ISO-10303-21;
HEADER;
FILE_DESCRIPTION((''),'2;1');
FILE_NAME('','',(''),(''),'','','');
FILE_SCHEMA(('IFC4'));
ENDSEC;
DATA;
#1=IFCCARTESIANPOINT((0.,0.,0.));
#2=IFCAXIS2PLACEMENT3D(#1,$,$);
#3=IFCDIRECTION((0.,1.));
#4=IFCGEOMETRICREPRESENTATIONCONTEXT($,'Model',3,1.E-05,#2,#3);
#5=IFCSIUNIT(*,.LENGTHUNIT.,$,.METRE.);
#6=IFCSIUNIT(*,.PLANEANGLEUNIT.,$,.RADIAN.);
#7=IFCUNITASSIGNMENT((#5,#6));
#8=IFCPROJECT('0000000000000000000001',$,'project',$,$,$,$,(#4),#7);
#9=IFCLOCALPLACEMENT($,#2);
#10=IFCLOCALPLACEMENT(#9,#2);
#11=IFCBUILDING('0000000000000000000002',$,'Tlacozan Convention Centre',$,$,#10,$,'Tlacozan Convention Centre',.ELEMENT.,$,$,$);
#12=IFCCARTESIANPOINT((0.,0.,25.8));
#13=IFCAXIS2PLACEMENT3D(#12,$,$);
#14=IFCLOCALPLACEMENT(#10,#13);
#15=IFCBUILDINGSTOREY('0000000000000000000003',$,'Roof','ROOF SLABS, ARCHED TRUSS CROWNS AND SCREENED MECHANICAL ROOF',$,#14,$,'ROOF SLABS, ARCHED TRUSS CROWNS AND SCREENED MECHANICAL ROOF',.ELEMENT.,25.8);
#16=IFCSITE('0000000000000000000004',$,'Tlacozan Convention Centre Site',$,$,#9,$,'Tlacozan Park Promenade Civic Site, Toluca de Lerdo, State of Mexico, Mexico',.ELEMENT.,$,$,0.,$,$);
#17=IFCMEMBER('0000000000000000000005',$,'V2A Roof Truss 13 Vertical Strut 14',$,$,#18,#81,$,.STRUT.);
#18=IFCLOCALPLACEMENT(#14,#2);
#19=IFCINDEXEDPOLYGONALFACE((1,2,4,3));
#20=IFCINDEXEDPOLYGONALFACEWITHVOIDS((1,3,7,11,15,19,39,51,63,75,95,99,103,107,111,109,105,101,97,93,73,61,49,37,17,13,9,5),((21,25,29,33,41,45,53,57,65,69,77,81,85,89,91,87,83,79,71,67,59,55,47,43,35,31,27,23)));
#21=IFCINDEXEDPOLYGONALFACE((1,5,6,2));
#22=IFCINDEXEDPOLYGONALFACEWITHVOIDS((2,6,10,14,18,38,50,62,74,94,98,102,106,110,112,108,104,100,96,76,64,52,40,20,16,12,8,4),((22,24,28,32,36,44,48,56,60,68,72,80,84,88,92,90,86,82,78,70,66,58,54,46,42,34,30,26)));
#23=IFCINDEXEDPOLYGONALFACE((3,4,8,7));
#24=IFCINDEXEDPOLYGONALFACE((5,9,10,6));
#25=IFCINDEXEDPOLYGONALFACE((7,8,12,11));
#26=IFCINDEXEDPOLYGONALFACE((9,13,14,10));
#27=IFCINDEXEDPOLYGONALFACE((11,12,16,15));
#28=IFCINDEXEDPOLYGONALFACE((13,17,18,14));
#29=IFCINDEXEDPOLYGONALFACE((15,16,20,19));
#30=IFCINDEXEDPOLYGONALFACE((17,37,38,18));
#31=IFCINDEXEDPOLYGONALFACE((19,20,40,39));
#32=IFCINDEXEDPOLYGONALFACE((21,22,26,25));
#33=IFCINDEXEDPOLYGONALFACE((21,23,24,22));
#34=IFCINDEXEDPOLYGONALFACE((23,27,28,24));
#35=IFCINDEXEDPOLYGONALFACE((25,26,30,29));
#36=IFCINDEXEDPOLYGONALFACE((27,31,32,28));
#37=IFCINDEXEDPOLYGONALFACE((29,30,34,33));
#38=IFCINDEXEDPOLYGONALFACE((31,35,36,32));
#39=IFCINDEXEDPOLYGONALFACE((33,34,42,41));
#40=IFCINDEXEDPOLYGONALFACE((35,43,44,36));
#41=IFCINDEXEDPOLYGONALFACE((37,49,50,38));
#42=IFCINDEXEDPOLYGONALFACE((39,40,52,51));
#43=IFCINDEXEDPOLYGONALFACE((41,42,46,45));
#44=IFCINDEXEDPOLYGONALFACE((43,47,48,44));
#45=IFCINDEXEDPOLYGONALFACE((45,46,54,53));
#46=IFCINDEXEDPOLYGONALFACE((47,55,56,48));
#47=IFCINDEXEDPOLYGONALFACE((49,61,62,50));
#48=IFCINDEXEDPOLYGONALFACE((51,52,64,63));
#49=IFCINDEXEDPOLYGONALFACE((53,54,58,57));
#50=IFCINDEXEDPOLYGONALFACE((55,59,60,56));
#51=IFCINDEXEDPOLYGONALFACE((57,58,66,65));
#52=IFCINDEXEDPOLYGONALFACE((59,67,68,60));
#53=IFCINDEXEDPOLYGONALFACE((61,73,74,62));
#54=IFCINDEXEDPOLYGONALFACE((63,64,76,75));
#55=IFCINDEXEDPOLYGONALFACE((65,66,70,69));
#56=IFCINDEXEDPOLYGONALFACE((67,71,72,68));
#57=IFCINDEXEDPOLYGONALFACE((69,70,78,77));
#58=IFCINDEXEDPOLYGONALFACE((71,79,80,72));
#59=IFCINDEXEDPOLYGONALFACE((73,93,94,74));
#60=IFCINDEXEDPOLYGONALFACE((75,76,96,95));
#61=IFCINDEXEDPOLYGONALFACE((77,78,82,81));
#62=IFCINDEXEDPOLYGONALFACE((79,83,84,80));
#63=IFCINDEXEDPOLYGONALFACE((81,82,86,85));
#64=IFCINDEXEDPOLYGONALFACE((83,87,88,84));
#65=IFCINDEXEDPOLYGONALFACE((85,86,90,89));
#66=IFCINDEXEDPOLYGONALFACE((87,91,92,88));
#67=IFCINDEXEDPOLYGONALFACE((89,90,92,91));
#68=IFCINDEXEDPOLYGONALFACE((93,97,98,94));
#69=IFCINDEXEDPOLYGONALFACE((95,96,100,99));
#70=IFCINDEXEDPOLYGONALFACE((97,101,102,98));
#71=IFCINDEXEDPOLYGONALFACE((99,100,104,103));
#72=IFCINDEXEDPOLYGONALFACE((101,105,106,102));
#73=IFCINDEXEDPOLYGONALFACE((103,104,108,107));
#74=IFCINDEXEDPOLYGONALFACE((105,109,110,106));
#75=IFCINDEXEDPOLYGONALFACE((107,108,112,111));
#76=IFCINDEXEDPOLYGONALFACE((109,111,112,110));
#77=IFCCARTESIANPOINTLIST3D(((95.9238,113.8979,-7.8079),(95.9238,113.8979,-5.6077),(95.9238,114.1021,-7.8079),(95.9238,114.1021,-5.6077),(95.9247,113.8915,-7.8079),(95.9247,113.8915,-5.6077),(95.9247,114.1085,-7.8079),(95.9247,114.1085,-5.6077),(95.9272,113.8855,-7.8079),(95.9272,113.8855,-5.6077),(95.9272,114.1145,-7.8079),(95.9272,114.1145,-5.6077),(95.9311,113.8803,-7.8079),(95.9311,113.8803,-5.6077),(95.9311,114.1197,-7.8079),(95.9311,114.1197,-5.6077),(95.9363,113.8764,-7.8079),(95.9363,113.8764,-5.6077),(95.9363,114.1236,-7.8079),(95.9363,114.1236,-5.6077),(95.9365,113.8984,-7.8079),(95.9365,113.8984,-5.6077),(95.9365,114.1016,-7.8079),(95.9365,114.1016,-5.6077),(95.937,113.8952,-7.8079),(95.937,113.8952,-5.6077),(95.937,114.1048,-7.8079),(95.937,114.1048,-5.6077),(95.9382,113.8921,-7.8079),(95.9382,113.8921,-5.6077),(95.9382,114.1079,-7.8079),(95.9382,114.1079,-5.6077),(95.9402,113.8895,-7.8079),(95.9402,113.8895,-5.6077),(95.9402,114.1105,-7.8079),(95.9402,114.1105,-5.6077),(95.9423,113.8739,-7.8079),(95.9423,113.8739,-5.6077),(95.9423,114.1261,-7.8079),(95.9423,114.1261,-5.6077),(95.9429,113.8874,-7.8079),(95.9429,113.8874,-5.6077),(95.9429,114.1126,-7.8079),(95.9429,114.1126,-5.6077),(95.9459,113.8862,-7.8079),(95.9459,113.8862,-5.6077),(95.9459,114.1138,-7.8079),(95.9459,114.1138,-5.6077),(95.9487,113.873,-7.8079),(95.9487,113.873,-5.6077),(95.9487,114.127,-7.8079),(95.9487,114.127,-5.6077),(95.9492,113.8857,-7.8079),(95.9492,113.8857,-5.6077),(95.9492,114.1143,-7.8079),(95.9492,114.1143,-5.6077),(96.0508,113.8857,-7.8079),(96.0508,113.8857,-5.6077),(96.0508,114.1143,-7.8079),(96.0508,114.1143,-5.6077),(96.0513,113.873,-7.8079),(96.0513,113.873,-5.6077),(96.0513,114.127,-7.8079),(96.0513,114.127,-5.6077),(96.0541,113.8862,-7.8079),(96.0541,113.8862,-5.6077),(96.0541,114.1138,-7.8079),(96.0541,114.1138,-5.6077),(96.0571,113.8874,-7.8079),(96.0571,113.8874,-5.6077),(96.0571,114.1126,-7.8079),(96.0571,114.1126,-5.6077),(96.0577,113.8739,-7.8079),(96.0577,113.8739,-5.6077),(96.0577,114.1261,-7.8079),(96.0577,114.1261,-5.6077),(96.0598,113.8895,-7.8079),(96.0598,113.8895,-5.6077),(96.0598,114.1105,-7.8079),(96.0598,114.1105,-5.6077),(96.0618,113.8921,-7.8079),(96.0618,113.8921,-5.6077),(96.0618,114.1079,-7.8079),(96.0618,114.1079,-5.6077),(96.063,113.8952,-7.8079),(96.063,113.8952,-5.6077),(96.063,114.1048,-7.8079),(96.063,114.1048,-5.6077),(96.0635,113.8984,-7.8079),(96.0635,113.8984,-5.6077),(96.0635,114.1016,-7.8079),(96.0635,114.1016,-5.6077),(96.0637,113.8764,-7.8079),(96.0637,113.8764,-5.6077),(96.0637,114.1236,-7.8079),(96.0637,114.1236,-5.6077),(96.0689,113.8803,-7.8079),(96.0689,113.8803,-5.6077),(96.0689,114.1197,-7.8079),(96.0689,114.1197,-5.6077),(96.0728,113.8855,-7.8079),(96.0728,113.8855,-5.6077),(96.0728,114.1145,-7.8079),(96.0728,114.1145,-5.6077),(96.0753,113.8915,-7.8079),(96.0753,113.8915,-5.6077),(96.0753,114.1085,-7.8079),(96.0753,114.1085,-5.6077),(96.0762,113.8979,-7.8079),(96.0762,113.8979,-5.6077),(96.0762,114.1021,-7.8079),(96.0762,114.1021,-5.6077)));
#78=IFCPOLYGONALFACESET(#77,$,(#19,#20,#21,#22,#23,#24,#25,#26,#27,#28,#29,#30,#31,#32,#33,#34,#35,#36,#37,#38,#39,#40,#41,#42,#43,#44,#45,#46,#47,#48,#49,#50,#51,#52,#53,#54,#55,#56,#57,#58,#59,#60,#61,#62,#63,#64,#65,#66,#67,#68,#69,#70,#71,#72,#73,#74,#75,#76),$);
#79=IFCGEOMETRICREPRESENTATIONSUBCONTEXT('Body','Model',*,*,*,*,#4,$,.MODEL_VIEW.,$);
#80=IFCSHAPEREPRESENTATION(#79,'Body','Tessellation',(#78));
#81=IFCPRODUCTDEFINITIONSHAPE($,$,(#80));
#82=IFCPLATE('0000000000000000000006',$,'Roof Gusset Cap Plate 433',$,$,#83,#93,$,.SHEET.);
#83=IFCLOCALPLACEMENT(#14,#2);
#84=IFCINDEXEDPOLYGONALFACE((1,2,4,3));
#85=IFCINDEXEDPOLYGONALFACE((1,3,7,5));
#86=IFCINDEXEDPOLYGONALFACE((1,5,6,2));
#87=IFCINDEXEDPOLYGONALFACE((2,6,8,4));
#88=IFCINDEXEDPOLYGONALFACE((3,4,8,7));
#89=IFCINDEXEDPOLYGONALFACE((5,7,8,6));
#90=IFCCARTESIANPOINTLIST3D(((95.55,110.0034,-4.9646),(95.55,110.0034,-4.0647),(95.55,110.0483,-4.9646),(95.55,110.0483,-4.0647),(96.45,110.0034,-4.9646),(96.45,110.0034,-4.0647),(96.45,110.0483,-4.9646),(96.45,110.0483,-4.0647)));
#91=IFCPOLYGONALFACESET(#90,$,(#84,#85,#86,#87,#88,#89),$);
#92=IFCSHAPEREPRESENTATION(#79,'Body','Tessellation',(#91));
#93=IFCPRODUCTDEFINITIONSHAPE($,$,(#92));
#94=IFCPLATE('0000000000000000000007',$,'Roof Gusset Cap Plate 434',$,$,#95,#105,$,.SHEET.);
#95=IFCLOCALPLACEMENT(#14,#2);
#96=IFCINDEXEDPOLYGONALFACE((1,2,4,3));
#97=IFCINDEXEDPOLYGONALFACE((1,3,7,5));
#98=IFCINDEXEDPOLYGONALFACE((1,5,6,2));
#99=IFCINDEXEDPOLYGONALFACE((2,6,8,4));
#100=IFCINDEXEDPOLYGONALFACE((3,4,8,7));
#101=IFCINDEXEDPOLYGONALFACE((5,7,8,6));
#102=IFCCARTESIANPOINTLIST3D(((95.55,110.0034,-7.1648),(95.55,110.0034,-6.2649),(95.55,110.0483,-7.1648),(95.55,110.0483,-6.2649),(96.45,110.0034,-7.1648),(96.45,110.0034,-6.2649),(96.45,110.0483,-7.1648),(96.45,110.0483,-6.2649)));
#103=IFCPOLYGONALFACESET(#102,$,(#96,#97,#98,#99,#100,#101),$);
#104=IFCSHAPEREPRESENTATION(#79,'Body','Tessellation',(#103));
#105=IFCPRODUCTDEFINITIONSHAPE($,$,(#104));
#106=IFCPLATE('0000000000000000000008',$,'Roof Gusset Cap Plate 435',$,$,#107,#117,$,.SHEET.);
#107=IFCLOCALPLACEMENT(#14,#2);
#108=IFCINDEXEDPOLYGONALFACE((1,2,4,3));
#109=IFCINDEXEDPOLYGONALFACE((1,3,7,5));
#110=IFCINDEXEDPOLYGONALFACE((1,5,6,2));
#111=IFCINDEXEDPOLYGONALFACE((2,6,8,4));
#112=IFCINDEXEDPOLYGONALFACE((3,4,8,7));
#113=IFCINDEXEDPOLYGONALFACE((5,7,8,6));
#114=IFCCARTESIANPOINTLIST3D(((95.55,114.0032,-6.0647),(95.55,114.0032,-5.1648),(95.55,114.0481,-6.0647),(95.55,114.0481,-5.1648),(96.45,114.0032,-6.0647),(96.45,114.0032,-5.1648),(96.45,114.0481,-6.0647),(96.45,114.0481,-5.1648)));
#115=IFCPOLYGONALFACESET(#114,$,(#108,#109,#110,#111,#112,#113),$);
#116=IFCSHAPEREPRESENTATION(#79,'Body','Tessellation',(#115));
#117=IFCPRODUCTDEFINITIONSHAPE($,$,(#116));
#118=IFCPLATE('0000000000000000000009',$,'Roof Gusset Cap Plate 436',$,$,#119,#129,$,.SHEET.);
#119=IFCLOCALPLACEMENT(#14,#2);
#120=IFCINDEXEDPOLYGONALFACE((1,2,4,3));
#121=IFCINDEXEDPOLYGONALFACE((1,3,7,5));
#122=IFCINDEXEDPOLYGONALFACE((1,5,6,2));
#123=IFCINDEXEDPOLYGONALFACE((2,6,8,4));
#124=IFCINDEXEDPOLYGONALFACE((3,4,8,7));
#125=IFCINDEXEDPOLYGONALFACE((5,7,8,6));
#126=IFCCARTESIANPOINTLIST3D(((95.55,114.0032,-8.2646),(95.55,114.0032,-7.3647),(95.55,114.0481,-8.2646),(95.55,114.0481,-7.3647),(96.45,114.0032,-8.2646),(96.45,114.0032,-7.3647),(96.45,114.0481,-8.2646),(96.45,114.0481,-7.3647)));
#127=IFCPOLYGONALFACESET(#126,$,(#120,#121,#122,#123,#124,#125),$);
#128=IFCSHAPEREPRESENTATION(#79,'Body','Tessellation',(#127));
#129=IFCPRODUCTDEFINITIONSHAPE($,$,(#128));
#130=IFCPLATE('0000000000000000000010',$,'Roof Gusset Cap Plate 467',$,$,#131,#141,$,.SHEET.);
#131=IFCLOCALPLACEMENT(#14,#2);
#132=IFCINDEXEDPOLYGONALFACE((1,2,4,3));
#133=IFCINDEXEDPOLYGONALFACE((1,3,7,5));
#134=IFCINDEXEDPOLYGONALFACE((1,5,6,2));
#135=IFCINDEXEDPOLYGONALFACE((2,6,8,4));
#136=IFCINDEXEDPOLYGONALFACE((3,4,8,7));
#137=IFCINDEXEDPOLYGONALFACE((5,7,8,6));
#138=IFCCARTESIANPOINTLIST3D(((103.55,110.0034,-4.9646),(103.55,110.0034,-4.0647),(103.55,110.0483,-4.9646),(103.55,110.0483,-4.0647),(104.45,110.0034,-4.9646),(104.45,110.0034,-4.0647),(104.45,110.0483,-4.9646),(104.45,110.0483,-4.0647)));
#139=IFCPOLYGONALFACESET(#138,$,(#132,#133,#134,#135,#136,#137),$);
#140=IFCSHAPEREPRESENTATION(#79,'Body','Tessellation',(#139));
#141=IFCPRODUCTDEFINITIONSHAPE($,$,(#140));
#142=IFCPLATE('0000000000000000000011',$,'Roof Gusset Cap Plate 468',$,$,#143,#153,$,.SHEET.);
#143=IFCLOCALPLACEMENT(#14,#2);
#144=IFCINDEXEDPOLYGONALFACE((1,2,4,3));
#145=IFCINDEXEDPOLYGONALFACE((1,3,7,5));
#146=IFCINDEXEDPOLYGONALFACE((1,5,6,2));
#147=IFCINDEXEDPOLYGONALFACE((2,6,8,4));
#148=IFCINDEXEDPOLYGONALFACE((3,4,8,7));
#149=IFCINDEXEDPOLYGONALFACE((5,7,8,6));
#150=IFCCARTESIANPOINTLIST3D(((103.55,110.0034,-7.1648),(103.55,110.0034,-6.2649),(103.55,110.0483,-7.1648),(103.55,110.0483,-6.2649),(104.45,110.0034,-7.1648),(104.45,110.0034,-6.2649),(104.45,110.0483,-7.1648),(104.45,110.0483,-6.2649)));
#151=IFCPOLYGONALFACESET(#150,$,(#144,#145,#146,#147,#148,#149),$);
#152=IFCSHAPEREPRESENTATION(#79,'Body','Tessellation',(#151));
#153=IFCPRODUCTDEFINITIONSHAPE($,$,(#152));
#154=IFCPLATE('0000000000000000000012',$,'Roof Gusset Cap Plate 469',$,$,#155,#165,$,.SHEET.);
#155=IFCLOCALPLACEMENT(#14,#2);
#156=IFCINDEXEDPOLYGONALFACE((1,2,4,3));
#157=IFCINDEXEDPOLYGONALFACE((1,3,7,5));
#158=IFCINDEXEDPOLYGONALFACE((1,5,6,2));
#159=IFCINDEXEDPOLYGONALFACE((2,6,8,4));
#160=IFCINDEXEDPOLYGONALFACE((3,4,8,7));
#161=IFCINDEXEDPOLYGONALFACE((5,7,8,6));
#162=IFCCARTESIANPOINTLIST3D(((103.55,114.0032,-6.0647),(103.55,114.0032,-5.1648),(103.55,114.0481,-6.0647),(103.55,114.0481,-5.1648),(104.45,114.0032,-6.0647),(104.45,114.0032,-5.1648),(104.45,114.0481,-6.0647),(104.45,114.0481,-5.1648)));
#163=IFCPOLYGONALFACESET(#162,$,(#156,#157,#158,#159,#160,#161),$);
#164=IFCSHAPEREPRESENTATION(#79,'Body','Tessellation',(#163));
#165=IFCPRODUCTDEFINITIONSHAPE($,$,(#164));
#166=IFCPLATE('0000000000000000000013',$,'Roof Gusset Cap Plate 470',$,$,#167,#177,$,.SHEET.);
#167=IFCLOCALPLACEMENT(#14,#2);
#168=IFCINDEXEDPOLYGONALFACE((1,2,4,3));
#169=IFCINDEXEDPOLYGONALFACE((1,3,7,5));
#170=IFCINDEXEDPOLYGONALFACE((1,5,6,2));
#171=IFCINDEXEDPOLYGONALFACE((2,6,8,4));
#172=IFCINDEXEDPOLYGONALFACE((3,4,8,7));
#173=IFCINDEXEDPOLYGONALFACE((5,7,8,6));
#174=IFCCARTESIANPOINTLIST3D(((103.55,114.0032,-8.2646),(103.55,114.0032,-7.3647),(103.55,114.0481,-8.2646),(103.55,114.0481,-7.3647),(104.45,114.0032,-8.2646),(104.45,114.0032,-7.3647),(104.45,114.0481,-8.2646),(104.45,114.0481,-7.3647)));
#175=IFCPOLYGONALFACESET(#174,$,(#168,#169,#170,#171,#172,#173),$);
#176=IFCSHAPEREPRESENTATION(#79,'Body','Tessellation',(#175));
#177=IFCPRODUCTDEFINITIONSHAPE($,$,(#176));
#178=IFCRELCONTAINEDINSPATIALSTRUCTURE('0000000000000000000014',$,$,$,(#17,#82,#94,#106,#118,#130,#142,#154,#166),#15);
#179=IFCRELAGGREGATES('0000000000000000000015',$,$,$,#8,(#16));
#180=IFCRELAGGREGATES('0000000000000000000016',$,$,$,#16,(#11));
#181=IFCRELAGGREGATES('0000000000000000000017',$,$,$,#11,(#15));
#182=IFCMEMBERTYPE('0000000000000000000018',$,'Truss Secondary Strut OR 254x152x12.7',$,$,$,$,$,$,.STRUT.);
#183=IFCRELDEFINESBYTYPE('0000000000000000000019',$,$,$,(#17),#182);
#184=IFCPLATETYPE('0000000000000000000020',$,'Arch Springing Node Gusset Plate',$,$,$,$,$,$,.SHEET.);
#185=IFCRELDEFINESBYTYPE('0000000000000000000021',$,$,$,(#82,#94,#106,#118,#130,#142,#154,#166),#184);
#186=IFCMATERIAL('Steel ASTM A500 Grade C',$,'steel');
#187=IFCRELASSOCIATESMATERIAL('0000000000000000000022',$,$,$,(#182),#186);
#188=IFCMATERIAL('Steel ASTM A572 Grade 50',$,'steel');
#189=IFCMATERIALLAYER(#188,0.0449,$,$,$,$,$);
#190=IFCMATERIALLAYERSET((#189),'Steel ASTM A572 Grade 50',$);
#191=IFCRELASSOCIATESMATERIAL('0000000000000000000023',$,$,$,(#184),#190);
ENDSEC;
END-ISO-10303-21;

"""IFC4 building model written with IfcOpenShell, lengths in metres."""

from ifc_helpers import new_model, si_unit, direction, frame, origin, origin_2d, place, context, subcontext, project, spatial, rectangle, hollow_rectangle, extrude, material, layer, layer_set, material_profile, profile_set, type_object, element, save


model = new_model("IFC4")

# Units and contexts
model_context = context("Model", 3, precision=1e-05, world=origin(), true_north=direction((0.0, 1.0)))
body_context = subcontext(model_context, "Body", "Model", "MODEL_VIEW")
ifc_project = project(units=[si_unit("LENGTHUNIT", "METRE"), si_unit("PLANEANGLEUNIT", "RADIAN")], contexts=[model_context])

# Site, building, storey
site_placement = place(None, origin())
site = spatial("IfcSite", under=ifc_project, at=site_placement, Name="Tlacozan Convention Centre Site", LongName="Tlacozan Park Promenade Civic Site, Toluca de Lerdo, State of Mexico, Mexico", CompositionType="ELEMENT", RefElevation=0.0)
building_placement = place(site_placement, origin())
building = spatial("IfcBuilding", under=site, at=building_placement, Name="Tlacozan Convention Centre", LongName="Tlacozan Convention Centre", CompositionType="ELEMENT")
storey_placement = place(building_placement, frame((0.0, 0.0, 25.8)))
storey = spatial("IfcBuildingStorey", under=building, at=storey_placement, Name="Roof", Description="ROOF SLABS, ARCHED TRUSS CROWNS AND SCREENED MECHANICAL ROOF", LongName="ROOF SLABS, ARCHED TRUSS CROWNS AND SCREENED MECHANICAL ROOF", CompositionType="ELEMENT", Elevation=25.8)

# Member
ifc_material_1 = material(Name="Steel ASTM A500 Grade C", Category="steel")
ifc_material_profile_1 = material_profile(ifc_material_1, hollow_rectangle(XDim=0.1523, YDim=0.2539, WallThickness=0.0127, InnerFilletRadius=0.0127, OuterFilletRadius=0.0249, at=origin_2d()), Name="OR 254x152x12.7")
ifc_profile_set_1 = profile_set([ifc_material_profile_1], Name="Steel ASTM A500 Grade C")
member_type_1 = type_object("IfcMemberType", Name="Truss Secondary Strut OR 254x152x12.7", PredefinedType="STRUT", material=ifc_profile_set_1)
member_1_placement = place(storey_placement, frame((96.0, 114.0, -7.8079), z_axis=(0.0, 0.0, 1.0), x_axis=(1.0, 0.0, 0.0)))
element("IfcMember", 1, at=member_1_placement, inside=storey, type_object=member_type_1, Name="V2A Roof Truss 13 Vertical Strut 14", PredefinedType="STRUT", context=body_context, shape_type="SweptSolid", body=[
    extrude(hollow_rectangle(XDim=0.1523, YDim=0.2539, WallThickness=0.0127, InnerFilletRadius=0.0127, OuterFilletRadius=0.0249, at=origin_2d()), origin(), (0.0, 0.0, 1.0), 2.2002),
])

# Plates
ifc_material_2 = material(Name="Steel ASTM A572 Grade 50", Category="steel")
ifc_layer = layer(ifc_material_2, 0.0449)
ifc_layer_set = layer_set([ifc_layer], Name="Steel ASTM A572 Grade 50")
plate_type = type_object("IfcPlateType", Name="Arch Springing Node Gusset Plate", PredefinedType="SHEET", material=ifc_layer_set)
for number, where, z_axis, x_axis, name in (
    (2, (96.0, 110.0259, -4.9646), (0.0, 0.0, 1.0), (0.0, 1.0, 0.0), "Roof Gusset Cap Plate 433"),
    (3, (96.0, 110.0259, -7.1648), (0.0, 0.0, 1.0), (0.0, 1.0, 0.0), "Roof Gusset Cap Plate 434"),
    (4, (96.0, 114.0256, -6.0647), (0.0, 0.0, 1.0), (0.0, 1.0, 0.0), "Roof Gusset Cap Plate 435"),
    (5, (96.0, 114.0256, -8.2646), (0.0, 0.0, 1.0), (0.0, 1.0, 0.0), "Roof Gusset Cap Plate 436"),
    (6, (104.0, 110.0259, -4.9646), (0.0, 0.0, 1.0), (0.0, 1.0, 0.0), "Roof Gusset Cap Plate 467"),
    (7, (104.0, 110.0259, -7.1648), (0.0, 0.0, 1.0), (0.0, 1.0, 0.0), "Roof Gusset Cap Plate 468"),
    (8, (104.0, 114.0256, -6.0647), (0.0, 0.0, 1.0), (0.0, 1.0, 0.0), "Roof Gusset Cap Plate 469"),
    (9, (104.0, 114.0256, -8.2646), (0.0, 0.0, 1.0), (0.0, 1.0, 0.0), "Roof Gusset Cap Plate 470"),
):
    element("IfcPlate", number, at=place(storey_placement, frame(where, z_axis=z_axis, x_axis=x_axis)), inside=storey, type_object=plate_type, Name=name, PredefinedType="SHEET", context=body_context, shape_type="SweptSolid", body=[
        extrude(rectangle(XDim=0.0449, YDim=0.8999, at=origin_2d()), origin(), (0.0, 0.0, 1.0), 0.8999),
    ])

save(model, "model.ifc")
